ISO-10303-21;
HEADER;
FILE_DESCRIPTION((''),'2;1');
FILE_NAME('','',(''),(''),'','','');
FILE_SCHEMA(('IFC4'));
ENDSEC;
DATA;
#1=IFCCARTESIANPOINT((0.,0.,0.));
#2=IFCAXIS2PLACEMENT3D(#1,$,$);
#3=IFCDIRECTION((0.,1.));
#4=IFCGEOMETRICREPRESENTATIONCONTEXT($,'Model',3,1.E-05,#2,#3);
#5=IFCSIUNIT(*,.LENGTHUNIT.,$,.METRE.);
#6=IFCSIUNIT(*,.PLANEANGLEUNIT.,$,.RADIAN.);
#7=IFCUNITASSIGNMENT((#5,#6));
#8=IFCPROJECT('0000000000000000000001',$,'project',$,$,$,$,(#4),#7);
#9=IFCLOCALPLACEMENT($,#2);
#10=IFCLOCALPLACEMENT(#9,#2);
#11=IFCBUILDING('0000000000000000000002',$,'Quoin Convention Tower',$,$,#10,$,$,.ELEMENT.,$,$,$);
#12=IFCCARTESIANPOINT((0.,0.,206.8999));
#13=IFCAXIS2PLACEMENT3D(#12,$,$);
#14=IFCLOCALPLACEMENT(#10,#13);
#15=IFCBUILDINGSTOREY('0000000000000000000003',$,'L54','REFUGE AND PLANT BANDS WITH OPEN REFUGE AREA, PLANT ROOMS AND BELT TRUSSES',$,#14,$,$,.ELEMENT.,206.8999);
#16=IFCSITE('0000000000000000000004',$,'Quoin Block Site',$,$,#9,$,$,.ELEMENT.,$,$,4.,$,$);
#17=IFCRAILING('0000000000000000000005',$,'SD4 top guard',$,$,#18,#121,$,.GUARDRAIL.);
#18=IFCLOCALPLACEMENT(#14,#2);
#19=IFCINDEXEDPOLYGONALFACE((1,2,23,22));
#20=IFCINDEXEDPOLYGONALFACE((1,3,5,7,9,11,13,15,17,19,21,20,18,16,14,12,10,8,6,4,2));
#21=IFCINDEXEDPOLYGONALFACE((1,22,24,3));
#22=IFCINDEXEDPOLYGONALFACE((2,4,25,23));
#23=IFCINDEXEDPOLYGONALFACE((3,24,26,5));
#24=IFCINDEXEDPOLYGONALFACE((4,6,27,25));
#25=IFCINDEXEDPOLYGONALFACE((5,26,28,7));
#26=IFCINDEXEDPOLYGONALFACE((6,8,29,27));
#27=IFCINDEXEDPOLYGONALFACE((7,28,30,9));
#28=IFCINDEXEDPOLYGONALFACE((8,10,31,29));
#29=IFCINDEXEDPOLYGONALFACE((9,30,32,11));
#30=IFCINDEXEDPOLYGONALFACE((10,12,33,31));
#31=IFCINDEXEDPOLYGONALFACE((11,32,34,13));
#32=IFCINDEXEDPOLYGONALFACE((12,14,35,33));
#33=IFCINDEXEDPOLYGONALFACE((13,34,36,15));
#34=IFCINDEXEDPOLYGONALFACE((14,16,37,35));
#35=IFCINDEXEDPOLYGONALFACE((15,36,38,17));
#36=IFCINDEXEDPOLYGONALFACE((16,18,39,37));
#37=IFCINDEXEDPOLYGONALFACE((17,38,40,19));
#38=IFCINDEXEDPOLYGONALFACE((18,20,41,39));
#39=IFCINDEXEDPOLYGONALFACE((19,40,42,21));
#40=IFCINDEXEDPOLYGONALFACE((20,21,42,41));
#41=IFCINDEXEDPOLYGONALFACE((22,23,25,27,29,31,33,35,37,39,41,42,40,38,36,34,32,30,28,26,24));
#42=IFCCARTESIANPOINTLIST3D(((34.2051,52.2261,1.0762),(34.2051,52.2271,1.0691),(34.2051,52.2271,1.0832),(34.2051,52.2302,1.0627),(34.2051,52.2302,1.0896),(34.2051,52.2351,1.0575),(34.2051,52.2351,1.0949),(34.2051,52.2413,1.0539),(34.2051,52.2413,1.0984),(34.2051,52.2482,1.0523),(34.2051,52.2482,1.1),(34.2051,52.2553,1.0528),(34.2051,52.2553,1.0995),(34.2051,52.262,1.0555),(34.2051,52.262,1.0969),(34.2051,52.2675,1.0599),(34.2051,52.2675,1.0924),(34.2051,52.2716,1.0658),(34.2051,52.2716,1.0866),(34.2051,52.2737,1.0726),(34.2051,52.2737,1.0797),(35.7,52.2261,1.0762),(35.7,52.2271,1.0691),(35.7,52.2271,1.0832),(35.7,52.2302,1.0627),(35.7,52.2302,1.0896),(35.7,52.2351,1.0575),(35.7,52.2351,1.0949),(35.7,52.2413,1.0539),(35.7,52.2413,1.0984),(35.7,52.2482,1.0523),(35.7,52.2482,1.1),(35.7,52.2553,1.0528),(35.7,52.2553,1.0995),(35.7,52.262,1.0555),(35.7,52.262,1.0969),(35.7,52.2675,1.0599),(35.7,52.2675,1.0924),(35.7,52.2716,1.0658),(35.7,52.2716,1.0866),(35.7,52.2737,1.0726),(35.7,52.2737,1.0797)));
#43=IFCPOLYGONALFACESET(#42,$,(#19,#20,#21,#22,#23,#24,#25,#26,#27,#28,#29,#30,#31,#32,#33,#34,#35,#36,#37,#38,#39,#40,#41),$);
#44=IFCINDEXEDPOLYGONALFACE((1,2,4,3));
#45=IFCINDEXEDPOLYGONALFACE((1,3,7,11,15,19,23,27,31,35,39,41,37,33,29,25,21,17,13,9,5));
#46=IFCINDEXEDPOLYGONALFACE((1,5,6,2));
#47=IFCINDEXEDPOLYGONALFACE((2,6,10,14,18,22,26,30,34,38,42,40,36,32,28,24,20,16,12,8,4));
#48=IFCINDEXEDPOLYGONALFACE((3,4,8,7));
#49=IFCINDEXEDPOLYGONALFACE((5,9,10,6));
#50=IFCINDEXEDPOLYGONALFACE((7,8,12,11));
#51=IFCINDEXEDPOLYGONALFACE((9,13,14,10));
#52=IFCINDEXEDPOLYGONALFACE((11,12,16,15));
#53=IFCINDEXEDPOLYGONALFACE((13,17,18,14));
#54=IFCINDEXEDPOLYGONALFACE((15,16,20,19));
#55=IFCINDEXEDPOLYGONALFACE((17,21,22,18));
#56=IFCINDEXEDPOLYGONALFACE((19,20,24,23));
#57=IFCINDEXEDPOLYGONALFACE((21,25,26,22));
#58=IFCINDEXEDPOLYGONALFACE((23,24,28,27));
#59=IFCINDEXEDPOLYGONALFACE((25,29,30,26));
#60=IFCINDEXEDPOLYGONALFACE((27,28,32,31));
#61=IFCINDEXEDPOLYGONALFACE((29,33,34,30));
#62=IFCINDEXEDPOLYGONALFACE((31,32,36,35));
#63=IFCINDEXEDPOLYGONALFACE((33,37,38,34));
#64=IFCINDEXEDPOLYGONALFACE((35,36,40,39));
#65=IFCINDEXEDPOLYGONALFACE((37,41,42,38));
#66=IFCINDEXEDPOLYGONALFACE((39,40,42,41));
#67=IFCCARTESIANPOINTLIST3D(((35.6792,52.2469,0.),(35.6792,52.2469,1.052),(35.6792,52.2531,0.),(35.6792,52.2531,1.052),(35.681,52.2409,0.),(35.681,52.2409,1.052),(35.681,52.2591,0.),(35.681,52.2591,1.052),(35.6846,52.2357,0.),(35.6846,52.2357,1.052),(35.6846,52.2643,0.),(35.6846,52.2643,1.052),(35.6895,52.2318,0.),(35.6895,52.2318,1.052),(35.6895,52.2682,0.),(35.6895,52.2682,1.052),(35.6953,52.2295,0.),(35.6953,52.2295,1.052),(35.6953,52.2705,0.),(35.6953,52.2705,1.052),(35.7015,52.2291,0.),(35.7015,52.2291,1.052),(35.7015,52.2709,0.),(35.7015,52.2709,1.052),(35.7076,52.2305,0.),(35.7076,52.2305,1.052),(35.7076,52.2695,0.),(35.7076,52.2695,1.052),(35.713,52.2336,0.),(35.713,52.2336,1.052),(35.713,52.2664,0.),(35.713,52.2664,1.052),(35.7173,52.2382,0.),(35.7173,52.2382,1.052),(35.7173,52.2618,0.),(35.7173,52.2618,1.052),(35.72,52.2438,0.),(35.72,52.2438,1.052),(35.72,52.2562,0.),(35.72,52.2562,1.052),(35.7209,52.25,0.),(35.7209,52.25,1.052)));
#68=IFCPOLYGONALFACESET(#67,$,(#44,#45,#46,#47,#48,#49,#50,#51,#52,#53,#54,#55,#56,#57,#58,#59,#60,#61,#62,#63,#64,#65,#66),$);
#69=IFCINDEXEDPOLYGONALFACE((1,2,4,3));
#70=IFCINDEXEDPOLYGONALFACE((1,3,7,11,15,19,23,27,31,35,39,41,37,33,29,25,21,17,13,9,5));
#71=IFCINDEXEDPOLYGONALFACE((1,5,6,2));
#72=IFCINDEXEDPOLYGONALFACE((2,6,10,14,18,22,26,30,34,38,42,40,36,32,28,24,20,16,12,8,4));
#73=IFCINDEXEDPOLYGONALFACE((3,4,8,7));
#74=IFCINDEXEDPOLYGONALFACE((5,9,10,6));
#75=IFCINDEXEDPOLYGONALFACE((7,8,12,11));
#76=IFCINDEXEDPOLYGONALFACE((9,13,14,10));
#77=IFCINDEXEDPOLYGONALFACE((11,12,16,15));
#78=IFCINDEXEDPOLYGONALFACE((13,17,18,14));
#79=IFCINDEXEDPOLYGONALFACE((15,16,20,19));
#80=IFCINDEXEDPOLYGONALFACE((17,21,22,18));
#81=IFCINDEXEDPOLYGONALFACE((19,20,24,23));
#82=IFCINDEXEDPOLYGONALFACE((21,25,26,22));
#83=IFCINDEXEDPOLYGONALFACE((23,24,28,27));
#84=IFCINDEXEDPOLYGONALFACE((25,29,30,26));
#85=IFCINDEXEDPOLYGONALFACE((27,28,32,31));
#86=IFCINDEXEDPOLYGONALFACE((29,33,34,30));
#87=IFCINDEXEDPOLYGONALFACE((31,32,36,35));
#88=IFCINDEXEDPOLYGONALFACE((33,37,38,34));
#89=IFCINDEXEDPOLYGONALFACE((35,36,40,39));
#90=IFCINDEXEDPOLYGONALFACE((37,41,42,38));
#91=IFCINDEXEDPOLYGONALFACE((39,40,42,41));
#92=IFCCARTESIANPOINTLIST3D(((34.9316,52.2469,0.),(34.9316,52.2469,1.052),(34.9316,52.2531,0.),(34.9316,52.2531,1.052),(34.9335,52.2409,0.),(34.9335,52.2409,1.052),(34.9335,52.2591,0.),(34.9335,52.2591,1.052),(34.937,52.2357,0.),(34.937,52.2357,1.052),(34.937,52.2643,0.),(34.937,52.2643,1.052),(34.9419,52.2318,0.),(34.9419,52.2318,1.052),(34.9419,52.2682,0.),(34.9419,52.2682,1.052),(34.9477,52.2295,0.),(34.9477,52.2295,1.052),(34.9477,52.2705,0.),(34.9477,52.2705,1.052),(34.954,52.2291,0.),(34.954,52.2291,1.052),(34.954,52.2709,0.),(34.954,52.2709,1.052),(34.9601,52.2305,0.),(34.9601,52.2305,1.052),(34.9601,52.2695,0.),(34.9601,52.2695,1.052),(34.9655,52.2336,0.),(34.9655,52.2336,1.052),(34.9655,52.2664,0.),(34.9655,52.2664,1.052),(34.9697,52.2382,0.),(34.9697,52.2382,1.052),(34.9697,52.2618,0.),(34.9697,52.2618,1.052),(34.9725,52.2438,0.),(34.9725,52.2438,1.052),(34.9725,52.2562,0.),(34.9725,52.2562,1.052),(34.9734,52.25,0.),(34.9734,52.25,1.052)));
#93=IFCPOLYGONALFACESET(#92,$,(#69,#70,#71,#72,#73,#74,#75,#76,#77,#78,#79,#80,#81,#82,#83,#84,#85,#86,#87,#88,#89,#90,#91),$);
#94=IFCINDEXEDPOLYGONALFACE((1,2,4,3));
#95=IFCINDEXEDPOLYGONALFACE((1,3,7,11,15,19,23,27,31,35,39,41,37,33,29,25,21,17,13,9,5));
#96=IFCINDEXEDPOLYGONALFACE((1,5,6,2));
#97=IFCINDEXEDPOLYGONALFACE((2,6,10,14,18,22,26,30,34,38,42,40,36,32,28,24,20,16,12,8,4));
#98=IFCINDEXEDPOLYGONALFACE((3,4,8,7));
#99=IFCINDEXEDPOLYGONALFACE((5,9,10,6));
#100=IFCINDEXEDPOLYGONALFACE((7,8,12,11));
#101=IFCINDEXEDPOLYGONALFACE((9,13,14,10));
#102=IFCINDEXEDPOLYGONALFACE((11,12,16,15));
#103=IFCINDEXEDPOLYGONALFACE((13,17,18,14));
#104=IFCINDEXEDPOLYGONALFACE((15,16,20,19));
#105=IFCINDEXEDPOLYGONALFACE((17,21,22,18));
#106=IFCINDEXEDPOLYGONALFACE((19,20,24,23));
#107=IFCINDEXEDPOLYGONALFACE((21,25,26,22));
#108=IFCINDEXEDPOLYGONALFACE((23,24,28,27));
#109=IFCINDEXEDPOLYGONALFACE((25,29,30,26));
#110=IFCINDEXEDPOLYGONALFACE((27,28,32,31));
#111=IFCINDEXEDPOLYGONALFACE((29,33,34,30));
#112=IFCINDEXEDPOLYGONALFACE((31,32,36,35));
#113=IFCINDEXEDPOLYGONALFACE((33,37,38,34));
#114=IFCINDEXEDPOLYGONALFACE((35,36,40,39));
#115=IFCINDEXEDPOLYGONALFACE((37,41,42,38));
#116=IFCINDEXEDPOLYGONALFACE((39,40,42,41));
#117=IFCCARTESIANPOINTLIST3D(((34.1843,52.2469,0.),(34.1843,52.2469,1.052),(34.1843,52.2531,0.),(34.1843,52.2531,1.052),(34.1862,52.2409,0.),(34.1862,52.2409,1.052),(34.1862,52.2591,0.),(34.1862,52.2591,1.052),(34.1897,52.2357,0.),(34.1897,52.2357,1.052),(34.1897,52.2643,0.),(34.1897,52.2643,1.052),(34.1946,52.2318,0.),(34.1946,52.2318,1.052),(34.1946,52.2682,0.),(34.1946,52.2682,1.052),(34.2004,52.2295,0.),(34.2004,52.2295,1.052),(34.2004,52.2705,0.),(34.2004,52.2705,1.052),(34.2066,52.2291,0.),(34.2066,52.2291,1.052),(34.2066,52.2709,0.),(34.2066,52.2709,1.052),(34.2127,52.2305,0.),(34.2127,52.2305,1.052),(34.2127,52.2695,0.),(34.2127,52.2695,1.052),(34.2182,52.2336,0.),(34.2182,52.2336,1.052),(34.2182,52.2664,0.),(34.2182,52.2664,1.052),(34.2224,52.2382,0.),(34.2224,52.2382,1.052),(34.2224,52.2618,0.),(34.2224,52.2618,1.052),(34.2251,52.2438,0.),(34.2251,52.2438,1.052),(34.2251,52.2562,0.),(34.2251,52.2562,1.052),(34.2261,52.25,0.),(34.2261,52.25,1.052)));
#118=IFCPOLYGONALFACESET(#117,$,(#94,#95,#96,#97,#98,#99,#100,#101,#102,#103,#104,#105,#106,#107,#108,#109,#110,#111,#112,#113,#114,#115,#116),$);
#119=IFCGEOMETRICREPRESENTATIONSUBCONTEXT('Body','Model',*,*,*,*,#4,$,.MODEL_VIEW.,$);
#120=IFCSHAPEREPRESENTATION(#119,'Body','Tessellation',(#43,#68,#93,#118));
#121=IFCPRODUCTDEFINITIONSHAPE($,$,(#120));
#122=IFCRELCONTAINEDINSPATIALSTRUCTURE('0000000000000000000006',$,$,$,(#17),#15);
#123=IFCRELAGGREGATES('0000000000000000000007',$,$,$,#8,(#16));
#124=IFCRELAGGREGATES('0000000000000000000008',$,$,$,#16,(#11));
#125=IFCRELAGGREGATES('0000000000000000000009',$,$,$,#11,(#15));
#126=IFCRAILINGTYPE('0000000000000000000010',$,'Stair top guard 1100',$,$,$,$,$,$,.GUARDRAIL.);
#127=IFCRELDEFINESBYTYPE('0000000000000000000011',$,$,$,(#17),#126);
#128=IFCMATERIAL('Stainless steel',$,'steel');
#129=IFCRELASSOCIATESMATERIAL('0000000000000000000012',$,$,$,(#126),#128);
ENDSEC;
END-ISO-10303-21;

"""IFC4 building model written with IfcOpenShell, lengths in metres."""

from ifc_helpers import new_model, si_unit, direction, frame, origin, origin_2d, place, context, subcontext, project, spatial, circle, extrude, material, type_object, element, save


model = new_model("IFC4")

# Units and contexts
model_context = context("Model", 3, precision=1e-05, world=origin(), true_north=direction((0.0, 1.0)))
body_context = subcontext(model_context, "Body", "Model", "MODEL_VIEW")
ifc_project = project(units=[si_unit("LENGTHUNIT", "METRE"), si_unit("PLANEANGLEUNIT", "RADIAN")], contexts=[model_context])

# Site, building, storey
site_placement = place(None, origin())
site = spatial("IfcSite", under=ifc_project, at=site_placement, Name="Quoin Block Site", CompositionType="ELEMENT", RefElevation=4.0)
building_placement = place(site_placement, origin())
building = spatial("IfcBuilding", under=site, at=building_placement, Name="Quoin Convention Tower", CompositionType="ELEMENT")
storey_placement = place(building_placement, frame((0.0, 0.0, 206.8999)))
storey = spatial("IfcBuildingStorey", under=building, at=storey_placement, Name="L54", Description="REFUGE AND PLANT BANDS WITH OPEN REFUGE AREA, PLANT ROOMS AND BELT TRUSSES", CompositionType="ELEMENT", Elevation=206.8999)

# Railing
ifc_material_1 = material(Name="Stainless steel", Category="steel")
railing_type_1 = type_object("IfcRailingType", Name="Stair top guard 1100", PredefinedType="GUARDRAIL", material=ifc_material_1)
railing_1_placement = place(storey_placement, frame((35.7, 52.25, 0.0)))
element("IfcRailing", 1, at=railing_1_placement, inside=storey, type_object=railing_type_1, Name="SD4 top guard", PredefinedType="GUARDRAIL", context=body_context, shape_type="SweptSolid", body=[
    extrude(circle(Radius=0.0239, at=origin_2d()), frame((0.0, 0.0, 1.0762), z_axis=(-1.0, 0.0, 0.0), x_axis=(0.0, -1.0, 0.0)), (0.0, 0.0, 1.0), 1.4949),
    extrude(circle(Radius=0.021, at=origin_2d()), origin(), (0.0, 0.0, 1.0), 1.052),
    extrude(circle(Radius=0.021, at=origin_2d()), frame((-0.7476, 0.0, 0.0)), (0.0, 0.0, 1.0), 1.052),
    extrude(circle(Radius=0.021, at=origin_2d()), frame((-1.4949, 0.0, 0.0)), (0.0, 0.0, 1.0), 1.052),
])

save(model, "model.ifc")
